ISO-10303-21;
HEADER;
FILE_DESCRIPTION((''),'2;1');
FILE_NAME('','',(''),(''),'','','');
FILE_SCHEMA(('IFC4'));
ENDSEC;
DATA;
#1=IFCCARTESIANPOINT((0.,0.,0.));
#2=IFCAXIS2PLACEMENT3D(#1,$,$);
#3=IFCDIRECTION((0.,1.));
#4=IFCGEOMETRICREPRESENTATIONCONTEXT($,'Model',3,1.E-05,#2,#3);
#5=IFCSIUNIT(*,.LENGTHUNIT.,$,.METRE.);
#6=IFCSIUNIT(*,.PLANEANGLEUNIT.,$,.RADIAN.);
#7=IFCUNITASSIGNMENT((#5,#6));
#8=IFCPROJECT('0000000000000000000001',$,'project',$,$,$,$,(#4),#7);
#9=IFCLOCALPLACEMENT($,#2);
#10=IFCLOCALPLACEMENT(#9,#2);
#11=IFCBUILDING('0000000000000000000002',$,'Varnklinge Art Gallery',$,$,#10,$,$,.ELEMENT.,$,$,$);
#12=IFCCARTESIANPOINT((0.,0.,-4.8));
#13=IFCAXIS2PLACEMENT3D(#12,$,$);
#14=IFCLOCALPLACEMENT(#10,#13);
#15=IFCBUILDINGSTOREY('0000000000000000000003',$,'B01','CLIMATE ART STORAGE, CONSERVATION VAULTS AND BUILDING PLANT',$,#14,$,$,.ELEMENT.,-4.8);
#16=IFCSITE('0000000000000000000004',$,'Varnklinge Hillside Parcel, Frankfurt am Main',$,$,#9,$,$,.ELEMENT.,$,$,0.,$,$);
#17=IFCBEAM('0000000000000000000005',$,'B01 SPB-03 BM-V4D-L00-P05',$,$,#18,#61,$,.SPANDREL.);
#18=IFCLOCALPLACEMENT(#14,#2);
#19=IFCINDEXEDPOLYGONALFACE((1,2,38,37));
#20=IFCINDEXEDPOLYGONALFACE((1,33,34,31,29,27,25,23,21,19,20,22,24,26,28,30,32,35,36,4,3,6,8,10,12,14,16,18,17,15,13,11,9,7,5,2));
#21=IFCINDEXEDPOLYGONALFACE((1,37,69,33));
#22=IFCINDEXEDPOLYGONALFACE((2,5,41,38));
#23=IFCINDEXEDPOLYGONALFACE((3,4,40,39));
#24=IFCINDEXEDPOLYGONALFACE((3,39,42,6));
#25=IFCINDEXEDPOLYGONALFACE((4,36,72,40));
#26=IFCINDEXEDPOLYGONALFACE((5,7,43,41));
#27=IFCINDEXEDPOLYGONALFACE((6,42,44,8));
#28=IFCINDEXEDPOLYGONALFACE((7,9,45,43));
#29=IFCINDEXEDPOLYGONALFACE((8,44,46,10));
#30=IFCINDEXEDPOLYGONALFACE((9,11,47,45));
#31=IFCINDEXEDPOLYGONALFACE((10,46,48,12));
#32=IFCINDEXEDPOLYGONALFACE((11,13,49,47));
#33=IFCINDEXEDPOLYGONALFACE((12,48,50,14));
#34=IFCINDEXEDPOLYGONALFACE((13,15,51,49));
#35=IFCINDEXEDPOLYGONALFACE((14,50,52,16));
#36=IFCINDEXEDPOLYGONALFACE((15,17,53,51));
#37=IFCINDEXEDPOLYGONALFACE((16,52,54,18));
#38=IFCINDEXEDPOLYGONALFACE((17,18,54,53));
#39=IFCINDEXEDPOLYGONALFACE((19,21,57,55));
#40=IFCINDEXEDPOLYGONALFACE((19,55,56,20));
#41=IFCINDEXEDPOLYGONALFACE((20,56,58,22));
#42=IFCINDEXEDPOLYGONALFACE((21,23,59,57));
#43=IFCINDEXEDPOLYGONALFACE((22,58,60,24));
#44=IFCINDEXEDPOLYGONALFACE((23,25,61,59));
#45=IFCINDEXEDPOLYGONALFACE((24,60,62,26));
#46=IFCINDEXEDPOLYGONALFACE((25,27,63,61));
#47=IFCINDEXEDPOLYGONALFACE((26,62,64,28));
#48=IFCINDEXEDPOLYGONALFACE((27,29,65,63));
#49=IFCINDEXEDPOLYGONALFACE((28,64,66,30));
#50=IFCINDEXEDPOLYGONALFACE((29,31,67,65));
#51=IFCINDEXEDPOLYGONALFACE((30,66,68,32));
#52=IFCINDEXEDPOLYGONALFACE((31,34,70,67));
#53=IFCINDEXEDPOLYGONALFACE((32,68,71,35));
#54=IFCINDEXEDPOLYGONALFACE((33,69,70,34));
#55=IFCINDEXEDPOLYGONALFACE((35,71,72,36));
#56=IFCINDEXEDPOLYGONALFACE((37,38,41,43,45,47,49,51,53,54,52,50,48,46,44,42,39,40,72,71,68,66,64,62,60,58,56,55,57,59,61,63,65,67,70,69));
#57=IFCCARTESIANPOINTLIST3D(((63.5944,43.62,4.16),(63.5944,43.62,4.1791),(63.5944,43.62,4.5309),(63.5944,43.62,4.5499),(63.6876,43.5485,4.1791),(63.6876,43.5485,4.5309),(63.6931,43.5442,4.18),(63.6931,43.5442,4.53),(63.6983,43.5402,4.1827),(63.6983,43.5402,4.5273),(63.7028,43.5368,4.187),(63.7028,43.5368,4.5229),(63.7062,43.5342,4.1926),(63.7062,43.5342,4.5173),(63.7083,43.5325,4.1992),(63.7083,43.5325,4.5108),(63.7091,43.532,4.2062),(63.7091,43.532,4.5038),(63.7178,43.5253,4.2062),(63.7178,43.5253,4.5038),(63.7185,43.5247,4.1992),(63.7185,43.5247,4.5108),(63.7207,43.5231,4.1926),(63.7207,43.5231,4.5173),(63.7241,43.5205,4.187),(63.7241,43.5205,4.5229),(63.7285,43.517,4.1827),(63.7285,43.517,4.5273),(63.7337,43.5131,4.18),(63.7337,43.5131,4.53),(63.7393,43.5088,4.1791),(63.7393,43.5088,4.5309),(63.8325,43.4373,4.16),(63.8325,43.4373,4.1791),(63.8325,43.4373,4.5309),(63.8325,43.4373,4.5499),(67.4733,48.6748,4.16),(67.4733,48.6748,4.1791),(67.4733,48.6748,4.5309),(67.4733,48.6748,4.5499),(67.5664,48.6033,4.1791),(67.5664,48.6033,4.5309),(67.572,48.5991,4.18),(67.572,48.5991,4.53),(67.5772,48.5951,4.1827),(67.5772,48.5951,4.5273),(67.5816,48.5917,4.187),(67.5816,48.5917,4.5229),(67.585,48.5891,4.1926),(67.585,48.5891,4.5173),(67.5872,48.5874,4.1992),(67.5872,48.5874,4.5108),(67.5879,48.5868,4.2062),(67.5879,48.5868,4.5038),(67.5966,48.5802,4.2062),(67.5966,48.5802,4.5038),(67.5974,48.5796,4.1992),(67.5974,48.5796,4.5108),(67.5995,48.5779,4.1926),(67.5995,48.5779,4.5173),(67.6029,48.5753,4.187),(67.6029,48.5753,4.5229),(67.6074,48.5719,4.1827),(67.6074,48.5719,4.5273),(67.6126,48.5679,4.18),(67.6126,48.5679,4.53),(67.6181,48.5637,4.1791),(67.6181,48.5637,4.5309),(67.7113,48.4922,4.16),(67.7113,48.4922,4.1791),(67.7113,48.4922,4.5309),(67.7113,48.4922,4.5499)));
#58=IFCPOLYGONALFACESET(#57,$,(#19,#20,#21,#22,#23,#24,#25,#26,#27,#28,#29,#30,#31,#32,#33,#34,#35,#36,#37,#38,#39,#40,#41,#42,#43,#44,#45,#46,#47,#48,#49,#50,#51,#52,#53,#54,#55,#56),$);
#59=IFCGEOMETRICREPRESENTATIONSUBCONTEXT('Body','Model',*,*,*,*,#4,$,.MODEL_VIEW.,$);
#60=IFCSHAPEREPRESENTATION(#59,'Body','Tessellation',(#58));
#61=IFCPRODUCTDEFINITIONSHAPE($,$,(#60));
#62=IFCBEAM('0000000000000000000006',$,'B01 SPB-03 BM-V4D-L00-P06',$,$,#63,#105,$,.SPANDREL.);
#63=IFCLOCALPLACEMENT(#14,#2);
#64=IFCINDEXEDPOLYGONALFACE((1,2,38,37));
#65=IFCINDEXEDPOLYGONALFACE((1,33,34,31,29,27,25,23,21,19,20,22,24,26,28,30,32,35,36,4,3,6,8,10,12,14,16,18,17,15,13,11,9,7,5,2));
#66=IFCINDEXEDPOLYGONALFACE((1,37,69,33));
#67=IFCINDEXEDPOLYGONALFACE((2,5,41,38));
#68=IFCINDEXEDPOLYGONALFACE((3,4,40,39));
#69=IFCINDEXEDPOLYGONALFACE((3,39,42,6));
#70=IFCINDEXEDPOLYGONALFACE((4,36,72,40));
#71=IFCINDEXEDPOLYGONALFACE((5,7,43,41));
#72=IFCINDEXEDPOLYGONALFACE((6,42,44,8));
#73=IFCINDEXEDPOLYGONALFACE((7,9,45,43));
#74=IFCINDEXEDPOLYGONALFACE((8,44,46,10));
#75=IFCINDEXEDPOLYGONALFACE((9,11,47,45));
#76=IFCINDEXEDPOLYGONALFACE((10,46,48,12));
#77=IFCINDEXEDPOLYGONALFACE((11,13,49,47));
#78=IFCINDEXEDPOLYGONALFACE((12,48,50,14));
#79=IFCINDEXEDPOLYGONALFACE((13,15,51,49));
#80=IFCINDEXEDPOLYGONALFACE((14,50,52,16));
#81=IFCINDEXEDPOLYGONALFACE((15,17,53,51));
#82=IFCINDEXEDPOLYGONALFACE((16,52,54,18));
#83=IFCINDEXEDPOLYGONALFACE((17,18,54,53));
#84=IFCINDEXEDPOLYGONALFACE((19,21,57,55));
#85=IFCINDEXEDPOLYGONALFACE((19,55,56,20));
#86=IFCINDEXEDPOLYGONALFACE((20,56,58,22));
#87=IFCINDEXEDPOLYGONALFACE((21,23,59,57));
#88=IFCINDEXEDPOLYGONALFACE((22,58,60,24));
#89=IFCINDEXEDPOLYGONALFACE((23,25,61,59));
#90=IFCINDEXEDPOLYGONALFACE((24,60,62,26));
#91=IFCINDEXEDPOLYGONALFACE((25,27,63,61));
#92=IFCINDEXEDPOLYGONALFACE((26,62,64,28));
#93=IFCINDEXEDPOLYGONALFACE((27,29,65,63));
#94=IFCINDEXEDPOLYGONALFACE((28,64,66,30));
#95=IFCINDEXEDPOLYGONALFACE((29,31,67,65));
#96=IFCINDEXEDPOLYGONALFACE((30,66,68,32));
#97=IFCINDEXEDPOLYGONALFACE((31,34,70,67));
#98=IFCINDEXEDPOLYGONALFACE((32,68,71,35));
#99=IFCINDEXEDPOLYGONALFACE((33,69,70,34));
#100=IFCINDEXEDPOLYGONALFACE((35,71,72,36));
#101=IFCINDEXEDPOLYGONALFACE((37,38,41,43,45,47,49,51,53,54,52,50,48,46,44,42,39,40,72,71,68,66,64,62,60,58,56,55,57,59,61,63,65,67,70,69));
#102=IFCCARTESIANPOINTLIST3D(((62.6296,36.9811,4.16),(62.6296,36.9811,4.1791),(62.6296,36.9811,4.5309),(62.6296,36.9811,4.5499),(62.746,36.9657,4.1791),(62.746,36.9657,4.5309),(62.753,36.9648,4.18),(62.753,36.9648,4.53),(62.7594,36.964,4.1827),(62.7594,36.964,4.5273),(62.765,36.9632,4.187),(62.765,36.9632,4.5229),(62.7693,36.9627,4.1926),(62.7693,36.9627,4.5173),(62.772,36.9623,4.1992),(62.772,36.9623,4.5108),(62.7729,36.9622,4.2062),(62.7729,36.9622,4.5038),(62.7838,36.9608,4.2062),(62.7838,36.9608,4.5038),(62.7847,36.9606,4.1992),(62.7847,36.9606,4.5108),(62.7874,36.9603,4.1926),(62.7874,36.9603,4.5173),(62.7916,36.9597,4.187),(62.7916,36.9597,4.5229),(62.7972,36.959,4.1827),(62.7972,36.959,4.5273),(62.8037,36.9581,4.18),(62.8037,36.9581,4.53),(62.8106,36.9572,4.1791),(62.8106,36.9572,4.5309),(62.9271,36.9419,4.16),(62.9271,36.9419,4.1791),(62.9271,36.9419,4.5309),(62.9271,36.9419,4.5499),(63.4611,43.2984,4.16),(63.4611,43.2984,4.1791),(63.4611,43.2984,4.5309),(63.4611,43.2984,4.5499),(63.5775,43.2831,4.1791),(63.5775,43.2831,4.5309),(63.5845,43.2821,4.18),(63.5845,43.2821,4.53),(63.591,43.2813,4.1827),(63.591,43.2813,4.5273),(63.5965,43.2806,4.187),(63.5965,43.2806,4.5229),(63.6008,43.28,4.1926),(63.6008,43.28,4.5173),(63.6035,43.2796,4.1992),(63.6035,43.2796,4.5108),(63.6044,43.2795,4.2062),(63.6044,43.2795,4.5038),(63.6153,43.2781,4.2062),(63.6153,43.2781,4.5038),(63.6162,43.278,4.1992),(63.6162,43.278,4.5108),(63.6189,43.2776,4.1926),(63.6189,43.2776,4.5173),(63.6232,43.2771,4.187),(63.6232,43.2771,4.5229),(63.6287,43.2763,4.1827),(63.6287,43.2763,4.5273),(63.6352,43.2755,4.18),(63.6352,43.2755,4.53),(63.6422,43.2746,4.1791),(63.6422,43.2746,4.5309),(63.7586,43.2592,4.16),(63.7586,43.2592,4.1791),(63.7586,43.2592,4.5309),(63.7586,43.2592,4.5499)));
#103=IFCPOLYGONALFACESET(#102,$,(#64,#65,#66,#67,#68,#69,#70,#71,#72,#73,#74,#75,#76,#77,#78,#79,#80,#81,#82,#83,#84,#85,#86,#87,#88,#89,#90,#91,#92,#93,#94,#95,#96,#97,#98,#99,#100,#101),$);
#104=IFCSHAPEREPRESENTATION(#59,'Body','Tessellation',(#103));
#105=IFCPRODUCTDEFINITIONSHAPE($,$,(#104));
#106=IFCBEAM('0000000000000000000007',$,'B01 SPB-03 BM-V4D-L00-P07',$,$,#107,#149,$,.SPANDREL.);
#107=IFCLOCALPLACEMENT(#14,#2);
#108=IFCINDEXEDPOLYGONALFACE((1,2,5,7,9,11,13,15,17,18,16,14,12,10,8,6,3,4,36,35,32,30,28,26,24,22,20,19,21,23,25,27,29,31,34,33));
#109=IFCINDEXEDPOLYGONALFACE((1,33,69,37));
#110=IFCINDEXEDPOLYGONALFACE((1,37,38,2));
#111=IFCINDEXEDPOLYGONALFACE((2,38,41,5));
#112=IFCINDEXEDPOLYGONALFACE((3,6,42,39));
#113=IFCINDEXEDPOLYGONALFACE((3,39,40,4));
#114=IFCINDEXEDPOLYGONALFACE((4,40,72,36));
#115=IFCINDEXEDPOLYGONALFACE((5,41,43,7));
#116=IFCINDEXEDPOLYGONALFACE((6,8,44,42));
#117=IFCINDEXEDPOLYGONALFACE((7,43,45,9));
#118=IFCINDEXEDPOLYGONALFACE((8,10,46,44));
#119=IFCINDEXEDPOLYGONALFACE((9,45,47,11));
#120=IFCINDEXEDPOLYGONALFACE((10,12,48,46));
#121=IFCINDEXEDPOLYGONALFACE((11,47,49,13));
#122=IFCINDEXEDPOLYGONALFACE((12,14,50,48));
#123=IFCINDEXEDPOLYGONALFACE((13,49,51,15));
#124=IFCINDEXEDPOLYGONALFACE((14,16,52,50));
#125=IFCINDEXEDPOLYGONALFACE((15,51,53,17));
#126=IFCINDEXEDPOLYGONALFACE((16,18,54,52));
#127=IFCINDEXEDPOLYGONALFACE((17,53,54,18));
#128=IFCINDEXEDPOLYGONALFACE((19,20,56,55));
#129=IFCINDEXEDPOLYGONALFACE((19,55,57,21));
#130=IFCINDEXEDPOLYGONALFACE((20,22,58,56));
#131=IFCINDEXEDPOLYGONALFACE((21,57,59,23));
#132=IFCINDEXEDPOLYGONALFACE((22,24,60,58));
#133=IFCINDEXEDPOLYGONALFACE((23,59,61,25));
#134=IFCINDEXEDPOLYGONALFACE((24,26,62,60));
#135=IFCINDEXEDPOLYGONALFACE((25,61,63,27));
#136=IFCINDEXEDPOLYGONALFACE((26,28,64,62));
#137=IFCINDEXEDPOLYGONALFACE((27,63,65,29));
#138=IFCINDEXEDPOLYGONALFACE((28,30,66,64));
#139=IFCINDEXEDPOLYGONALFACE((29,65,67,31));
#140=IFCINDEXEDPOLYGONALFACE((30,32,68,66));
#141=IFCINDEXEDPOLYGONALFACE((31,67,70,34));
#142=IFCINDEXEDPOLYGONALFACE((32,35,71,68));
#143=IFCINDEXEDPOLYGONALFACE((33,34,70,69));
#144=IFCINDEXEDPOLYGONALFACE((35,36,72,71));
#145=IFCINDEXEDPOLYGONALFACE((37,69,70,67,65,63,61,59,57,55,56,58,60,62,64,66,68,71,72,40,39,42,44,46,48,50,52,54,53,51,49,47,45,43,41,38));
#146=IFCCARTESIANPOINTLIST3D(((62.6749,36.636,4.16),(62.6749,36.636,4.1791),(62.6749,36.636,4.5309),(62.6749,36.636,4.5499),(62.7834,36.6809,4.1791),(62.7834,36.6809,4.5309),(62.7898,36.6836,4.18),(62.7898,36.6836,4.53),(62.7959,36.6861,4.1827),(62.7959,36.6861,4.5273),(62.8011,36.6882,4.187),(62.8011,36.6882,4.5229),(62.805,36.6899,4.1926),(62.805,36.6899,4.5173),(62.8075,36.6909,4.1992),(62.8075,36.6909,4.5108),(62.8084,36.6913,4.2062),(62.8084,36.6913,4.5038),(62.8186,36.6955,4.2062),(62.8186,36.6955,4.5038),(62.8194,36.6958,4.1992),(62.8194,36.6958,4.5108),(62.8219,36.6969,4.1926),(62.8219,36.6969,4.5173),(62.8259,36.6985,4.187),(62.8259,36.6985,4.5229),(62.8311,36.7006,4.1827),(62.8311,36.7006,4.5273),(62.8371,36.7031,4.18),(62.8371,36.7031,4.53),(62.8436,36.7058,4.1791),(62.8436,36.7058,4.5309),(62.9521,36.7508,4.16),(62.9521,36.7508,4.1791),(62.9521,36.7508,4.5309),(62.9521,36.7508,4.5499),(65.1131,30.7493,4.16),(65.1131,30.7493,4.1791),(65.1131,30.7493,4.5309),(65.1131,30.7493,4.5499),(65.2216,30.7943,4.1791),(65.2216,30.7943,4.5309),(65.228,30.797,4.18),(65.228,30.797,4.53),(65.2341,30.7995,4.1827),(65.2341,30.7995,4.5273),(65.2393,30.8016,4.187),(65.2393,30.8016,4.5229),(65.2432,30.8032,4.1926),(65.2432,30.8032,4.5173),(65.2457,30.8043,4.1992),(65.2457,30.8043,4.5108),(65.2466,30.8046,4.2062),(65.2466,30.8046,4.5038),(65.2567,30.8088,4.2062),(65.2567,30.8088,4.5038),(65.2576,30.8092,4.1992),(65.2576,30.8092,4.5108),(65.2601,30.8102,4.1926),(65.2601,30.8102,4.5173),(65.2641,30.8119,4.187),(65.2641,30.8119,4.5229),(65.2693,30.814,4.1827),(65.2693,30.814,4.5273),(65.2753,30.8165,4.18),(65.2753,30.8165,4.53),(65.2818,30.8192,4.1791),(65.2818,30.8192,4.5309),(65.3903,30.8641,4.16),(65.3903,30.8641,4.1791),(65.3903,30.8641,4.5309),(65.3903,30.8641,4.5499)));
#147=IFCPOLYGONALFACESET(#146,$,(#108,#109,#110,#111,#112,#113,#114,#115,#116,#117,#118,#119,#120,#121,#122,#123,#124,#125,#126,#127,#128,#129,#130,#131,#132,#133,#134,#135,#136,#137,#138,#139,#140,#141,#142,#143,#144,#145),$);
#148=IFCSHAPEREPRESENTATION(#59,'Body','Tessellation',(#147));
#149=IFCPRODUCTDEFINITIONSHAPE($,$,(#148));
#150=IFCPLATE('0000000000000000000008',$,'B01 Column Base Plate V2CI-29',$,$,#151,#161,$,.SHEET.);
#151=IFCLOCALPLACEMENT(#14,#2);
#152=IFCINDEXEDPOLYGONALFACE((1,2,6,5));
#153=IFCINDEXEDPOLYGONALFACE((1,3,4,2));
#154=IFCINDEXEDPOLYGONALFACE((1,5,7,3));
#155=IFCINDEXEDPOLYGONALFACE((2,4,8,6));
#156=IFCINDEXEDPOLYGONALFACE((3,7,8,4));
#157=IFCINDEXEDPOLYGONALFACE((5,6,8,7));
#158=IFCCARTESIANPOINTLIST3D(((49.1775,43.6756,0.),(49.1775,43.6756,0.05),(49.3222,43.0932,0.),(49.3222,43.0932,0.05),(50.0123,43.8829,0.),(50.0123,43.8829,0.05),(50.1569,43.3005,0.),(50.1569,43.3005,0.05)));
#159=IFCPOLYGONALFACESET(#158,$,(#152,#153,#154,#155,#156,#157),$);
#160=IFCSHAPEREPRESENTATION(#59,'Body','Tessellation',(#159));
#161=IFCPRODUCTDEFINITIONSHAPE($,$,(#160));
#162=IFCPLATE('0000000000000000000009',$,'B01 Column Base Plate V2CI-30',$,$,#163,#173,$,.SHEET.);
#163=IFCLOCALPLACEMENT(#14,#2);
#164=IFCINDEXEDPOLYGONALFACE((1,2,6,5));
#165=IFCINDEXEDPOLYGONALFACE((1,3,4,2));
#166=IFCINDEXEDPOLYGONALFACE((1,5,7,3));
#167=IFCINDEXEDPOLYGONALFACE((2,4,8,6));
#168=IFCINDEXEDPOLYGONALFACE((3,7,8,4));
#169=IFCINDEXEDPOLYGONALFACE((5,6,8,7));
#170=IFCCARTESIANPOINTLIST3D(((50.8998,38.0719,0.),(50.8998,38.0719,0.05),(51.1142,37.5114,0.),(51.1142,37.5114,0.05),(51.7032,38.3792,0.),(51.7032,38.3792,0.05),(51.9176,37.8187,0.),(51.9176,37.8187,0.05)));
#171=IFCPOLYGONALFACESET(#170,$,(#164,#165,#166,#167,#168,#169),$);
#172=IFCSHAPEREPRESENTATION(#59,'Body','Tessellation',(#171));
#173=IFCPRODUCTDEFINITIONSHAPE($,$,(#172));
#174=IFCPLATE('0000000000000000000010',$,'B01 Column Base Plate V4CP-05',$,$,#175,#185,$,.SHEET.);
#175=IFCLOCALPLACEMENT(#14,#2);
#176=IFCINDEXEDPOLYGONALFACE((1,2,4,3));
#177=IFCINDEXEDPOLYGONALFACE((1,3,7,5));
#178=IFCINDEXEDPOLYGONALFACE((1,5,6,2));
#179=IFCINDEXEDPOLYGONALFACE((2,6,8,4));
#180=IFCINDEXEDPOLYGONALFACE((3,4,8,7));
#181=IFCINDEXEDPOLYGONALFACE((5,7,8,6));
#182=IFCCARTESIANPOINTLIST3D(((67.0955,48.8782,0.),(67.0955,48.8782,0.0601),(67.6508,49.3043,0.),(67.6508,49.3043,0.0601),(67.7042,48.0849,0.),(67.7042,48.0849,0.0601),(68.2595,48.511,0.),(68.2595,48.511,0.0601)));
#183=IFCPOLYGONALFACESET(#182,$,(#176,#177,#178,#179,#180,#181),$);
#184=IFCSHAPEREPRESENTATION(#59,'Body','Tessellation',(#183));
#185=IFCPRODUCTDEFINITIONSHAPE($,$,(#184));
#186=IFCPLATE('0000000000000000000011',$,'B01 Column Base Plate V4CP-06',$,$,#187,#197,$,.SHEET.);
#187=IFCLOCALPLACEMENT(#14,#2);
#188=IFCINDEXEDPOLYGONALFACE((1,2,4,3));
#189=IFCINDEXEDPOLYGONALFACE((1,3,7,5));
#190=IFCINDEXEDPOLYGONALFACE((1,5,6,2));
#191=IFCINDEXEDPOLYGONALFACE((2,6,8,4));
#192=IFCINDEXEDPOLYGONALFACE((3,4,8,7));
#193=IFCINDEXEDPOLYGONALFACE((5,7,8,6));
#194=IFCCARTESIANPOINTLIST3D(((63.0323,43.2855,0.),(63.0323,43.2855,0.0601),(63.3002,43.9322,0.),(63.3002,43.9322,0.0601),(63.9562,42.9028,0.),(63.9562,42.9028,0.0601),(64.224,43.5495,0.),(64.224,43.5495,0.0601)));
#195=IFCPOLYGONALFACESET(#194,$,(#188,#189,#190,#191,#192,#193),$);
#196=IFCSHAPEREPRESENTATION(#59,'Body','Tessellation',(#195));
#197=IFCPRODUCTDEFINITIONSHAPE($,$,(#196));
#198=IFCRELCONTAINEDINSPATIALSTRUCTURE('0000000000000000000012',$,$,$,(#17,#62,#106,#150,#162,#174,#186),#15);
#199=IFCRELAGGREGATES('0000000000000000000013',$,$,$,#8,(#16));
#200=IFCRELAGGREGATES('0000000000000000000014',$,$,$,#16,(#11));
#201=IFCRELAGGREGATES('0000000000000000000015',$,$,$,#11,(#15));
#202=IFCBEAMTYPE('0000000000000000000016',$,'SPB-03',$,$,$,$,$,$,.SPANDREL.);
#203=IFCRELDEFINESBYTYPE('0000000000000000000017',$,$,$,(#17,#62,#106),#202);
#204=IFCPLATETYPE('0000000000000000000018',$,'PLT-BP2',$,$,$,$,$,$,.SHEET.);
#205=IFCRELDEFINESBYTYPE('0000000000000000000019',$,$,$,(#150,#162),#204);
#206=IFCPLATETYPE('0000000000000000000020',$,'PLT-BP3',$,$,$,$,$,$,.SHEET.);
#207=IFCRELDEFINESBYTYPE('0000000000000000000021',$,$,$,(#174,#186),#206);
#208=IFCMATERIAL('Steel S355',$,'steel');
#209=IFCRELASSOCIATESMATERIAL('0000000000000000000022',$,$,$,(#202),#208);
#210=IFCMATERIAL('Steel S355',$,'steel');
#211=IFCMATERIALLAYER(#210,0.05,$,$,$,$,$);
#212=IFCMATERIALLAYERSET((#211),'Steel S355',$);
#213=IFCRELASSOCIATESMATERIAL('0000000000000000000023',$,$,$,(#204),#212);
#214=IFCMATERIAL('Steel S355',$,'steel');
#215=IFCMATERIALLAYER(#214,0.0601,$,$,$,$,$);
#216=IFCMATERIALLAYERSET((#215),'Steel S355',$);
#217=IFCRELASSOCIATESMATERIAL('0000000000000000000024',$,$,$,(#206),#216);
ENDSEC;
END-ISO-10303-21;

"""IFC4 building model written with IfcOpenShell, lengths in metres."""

from ifc_helpers import new_model, si_unit, direction, frame, origin, origin_2d, place, context, subcontext, project, spatial, rectangle, i_section, extrude, material, layer, layer_set, material_profile, profile_set, type_object, element, save


model = new_model("IFC4")

# Units and contexts
model_context = context("Model", 3, precision=1e-05, world=origin(), true_north=direction((0.0, 1.0)))
body_context = subcontext(model_context, "Body", "Model", "MODEL_VIEW")
ifc_project = project(units=[si_unit("LENGTHUNIT", "METRE"), si_unit("PLANEANGLEUNIT", "RADIAN")], contexts=[model_context])

# Site, building, storey
site_placement = place(None, origin())
site = spatial("IfcSite", under=ifc_project, at=site_placement, Name="Varnklinge Hillside Parcel, Frankfurt am Main", CompositionType="ELEMENT", RefElevation=0.0)
building_placement = place(site_placement, origin())
building = spatial("IfcBuilding", under=site, at=building_placement, Name="Varnklinge Art Gallery", CompositionType="ELEMENT")
storey_placement = place(building_placement, frame((0.0, 0.0, -4.8)))
storey = spatial("IfcBuildingStorey", under=building, at=storey_placement, Name="B01", Description="CLIMATE ART STORAGE, CONSERVATION VAULTS AND BUILDING PLANT", CompositionType="ELEMENT", Elevation=-4.8)

# Beams
ifc_material_1 = material(Name="Steel S355", Category="steel")
ifc_material_profile_1 = material_profile(ifc_material_1, i_section(OverallWidth=0.3, OverallDepth=0.3899, WebThickness=0.011, FlangeThickness=0.019, FilletRadius=0.0271, at=origin_2d()), Name="HEA 400")
ifc_profile_set_1 = profile_set([ifc_material_profile_1], Name="Steel S355")
beam_type_1 = type_object("IfcBeamType", Name="SPB-03", PredefinedType="SPANDREL", material=ifc_profile_set_1)
beam_1_placement = place(storey_placement, frame((67.5923, 48.5835, 4.355), z_axis=(-0.608773, -0.793344, 0.0), x_axis=(0.793344, -0.608773, 0.0)))
element("IfcBeam", 1, at=beam_1_placement, inside=storey, type_object=beam_type_1, Name="B01 SPB-03 BM-V4D-L00-P05", PredefinedType="SPANDREL", context=body_context, shape_type="SweptSolid", body=[
    extrude(i_section(OverallWidth=0.3, OverallDepth=0.3899, WebThickness=0.011, FlangeThickness=0.019, FilletRadius=0.0271, at=origin_2d()), origin(), (0.0, 0.0, 1.0), 6.3716),
])
beam_2_placement = place(storey_placement, frame((63.6099, 43.2788, 4.355), z_axis=(-0.130502, -0.991448, 0.0), x_axis=(0.991448, -0.130502, 0.0)))
element("IfcBeam", 2, at=beam_2_placement, inside=storey, type_object=beam_type_1, Name="B01 SPB-03 BM-V4D-L00-P06", PredefinedType="SPANDREL", context=body_context, shape_type="SweptSolid", body=[
    extrude(i_section(OverallWidth=0.3, OverallDepth=0.3899, WebThickness=0.011, FlangeThickness=0.019, FilletRadius=0.0271, at=origin_2d()), origin(), (0.0, 0.0, 1.0), 6.3718),
])
beam_3_placement = place(storey_placement, frame((62.8135, 36.6934, 4.355), z_axis=(0.382667, -0.923887, 0.0), x_axis=(0.923887, 0.382667, 0.0)))
element("IfcBeam", 3, at=beam_3_placement, inside=storey, type_object=beam_type_1, Name="B01 SPB-03 BM-V4D-L00-P07", PredefinedType="SPANDREL", context=body_context, shape_type="SweptSolid", body=[
    extrude(i_section(OverallWidth=0.3, OverallDepth=0.3899, WebThickness=0.011, FlangeThickness=0.019, FilletRadius=0.0271, at=origin_2d()), origin(), (0.0, 0.0, 1.0), 6.3716),
])

# Plates
ifc_material_2 = material(Name="Steel S355", Category="steel")
ifc_layer_1 = layer(ifc_material_2, 0.05)
ifc_layer_set_1 = layer_set([ifc_layer_1], Name="Steel S355")
plate_type_1 = type_object("IfcPlateType", Name="PLT-BP2", PredefinedType="SHEET", material=ifc_layer_set_1)
for number, where, z_axis, x_axis, name in (
    (4, (49.6672, 43.488, 0.0), (0.0, 0.0, 1.0), (0.970506, 0.241075, 0.0), "B01 Column Base Plate V2CI-29"),
    (5, (51.4087, 37.9453, 0.0), (0.0, 0.0, 1.0), (0.934018, 0.357227, 0.0), "B01 Column Base Plate V2CI-30"),
):
    element("IfcPlate", number, at=place(storey_placement, frame(where, z_axis=z_axis, x_axis=x_axis)), inside=storey, type_object=plate_type_1, Name=name, PredefinedType="SHEET", context=body_context, shape_type="SweptSolid", body=[
        extrude(rectangle(XDim=0.8601, YDim=0.6001, at=origin_2d()), origin(), (0.0, 0.0, 1.0), 0.05),
    ])
ifc_material_3 = material(Name="Steel S355", Category="steel")
ifc_layer_2 = layer(ifc_material_3, 0.0601)
ifc_layer_set_2 = layer_set([ifc_layer_2], Name="Steel S355")
plate_type_2 = type_object("IfcPlateType", Name="PLT-BP3", PredefinedType="SHEET", material=ifc_layer_set_2)
for number, where, z_axis, x_axis, name in (
    (6, (67.6775, 48.6946, 0.0), (0.0, 0.0, 1.0), (-0.608761, 0.793353, 0.0), "B01 Column Base Plate V4CP-05"),
    (7, (63.6282, 43.4175, 0.0), (0.0, 0.0, 1.0), (-0.92388, 0.382683, 0.0), "B01 Column Base Plate V4CP-06"),
):
    element("IfcPlate", number, at=place(storey_placement, frame(where, z_axis=z_axis, x_axis=x_axis)), inside=storey, type_object=plate_type_2, Name=name, PredefinedType="SHEET", context=body_context, shape_type="SweptSolid", body=[
        extrude(rectangle(XDim=1.0, YDim=0.7, at=origin_2d()), origin(), (0.0, 0.0, 1.0), 0.0601),
    ])

save(model, "model.ifc")
